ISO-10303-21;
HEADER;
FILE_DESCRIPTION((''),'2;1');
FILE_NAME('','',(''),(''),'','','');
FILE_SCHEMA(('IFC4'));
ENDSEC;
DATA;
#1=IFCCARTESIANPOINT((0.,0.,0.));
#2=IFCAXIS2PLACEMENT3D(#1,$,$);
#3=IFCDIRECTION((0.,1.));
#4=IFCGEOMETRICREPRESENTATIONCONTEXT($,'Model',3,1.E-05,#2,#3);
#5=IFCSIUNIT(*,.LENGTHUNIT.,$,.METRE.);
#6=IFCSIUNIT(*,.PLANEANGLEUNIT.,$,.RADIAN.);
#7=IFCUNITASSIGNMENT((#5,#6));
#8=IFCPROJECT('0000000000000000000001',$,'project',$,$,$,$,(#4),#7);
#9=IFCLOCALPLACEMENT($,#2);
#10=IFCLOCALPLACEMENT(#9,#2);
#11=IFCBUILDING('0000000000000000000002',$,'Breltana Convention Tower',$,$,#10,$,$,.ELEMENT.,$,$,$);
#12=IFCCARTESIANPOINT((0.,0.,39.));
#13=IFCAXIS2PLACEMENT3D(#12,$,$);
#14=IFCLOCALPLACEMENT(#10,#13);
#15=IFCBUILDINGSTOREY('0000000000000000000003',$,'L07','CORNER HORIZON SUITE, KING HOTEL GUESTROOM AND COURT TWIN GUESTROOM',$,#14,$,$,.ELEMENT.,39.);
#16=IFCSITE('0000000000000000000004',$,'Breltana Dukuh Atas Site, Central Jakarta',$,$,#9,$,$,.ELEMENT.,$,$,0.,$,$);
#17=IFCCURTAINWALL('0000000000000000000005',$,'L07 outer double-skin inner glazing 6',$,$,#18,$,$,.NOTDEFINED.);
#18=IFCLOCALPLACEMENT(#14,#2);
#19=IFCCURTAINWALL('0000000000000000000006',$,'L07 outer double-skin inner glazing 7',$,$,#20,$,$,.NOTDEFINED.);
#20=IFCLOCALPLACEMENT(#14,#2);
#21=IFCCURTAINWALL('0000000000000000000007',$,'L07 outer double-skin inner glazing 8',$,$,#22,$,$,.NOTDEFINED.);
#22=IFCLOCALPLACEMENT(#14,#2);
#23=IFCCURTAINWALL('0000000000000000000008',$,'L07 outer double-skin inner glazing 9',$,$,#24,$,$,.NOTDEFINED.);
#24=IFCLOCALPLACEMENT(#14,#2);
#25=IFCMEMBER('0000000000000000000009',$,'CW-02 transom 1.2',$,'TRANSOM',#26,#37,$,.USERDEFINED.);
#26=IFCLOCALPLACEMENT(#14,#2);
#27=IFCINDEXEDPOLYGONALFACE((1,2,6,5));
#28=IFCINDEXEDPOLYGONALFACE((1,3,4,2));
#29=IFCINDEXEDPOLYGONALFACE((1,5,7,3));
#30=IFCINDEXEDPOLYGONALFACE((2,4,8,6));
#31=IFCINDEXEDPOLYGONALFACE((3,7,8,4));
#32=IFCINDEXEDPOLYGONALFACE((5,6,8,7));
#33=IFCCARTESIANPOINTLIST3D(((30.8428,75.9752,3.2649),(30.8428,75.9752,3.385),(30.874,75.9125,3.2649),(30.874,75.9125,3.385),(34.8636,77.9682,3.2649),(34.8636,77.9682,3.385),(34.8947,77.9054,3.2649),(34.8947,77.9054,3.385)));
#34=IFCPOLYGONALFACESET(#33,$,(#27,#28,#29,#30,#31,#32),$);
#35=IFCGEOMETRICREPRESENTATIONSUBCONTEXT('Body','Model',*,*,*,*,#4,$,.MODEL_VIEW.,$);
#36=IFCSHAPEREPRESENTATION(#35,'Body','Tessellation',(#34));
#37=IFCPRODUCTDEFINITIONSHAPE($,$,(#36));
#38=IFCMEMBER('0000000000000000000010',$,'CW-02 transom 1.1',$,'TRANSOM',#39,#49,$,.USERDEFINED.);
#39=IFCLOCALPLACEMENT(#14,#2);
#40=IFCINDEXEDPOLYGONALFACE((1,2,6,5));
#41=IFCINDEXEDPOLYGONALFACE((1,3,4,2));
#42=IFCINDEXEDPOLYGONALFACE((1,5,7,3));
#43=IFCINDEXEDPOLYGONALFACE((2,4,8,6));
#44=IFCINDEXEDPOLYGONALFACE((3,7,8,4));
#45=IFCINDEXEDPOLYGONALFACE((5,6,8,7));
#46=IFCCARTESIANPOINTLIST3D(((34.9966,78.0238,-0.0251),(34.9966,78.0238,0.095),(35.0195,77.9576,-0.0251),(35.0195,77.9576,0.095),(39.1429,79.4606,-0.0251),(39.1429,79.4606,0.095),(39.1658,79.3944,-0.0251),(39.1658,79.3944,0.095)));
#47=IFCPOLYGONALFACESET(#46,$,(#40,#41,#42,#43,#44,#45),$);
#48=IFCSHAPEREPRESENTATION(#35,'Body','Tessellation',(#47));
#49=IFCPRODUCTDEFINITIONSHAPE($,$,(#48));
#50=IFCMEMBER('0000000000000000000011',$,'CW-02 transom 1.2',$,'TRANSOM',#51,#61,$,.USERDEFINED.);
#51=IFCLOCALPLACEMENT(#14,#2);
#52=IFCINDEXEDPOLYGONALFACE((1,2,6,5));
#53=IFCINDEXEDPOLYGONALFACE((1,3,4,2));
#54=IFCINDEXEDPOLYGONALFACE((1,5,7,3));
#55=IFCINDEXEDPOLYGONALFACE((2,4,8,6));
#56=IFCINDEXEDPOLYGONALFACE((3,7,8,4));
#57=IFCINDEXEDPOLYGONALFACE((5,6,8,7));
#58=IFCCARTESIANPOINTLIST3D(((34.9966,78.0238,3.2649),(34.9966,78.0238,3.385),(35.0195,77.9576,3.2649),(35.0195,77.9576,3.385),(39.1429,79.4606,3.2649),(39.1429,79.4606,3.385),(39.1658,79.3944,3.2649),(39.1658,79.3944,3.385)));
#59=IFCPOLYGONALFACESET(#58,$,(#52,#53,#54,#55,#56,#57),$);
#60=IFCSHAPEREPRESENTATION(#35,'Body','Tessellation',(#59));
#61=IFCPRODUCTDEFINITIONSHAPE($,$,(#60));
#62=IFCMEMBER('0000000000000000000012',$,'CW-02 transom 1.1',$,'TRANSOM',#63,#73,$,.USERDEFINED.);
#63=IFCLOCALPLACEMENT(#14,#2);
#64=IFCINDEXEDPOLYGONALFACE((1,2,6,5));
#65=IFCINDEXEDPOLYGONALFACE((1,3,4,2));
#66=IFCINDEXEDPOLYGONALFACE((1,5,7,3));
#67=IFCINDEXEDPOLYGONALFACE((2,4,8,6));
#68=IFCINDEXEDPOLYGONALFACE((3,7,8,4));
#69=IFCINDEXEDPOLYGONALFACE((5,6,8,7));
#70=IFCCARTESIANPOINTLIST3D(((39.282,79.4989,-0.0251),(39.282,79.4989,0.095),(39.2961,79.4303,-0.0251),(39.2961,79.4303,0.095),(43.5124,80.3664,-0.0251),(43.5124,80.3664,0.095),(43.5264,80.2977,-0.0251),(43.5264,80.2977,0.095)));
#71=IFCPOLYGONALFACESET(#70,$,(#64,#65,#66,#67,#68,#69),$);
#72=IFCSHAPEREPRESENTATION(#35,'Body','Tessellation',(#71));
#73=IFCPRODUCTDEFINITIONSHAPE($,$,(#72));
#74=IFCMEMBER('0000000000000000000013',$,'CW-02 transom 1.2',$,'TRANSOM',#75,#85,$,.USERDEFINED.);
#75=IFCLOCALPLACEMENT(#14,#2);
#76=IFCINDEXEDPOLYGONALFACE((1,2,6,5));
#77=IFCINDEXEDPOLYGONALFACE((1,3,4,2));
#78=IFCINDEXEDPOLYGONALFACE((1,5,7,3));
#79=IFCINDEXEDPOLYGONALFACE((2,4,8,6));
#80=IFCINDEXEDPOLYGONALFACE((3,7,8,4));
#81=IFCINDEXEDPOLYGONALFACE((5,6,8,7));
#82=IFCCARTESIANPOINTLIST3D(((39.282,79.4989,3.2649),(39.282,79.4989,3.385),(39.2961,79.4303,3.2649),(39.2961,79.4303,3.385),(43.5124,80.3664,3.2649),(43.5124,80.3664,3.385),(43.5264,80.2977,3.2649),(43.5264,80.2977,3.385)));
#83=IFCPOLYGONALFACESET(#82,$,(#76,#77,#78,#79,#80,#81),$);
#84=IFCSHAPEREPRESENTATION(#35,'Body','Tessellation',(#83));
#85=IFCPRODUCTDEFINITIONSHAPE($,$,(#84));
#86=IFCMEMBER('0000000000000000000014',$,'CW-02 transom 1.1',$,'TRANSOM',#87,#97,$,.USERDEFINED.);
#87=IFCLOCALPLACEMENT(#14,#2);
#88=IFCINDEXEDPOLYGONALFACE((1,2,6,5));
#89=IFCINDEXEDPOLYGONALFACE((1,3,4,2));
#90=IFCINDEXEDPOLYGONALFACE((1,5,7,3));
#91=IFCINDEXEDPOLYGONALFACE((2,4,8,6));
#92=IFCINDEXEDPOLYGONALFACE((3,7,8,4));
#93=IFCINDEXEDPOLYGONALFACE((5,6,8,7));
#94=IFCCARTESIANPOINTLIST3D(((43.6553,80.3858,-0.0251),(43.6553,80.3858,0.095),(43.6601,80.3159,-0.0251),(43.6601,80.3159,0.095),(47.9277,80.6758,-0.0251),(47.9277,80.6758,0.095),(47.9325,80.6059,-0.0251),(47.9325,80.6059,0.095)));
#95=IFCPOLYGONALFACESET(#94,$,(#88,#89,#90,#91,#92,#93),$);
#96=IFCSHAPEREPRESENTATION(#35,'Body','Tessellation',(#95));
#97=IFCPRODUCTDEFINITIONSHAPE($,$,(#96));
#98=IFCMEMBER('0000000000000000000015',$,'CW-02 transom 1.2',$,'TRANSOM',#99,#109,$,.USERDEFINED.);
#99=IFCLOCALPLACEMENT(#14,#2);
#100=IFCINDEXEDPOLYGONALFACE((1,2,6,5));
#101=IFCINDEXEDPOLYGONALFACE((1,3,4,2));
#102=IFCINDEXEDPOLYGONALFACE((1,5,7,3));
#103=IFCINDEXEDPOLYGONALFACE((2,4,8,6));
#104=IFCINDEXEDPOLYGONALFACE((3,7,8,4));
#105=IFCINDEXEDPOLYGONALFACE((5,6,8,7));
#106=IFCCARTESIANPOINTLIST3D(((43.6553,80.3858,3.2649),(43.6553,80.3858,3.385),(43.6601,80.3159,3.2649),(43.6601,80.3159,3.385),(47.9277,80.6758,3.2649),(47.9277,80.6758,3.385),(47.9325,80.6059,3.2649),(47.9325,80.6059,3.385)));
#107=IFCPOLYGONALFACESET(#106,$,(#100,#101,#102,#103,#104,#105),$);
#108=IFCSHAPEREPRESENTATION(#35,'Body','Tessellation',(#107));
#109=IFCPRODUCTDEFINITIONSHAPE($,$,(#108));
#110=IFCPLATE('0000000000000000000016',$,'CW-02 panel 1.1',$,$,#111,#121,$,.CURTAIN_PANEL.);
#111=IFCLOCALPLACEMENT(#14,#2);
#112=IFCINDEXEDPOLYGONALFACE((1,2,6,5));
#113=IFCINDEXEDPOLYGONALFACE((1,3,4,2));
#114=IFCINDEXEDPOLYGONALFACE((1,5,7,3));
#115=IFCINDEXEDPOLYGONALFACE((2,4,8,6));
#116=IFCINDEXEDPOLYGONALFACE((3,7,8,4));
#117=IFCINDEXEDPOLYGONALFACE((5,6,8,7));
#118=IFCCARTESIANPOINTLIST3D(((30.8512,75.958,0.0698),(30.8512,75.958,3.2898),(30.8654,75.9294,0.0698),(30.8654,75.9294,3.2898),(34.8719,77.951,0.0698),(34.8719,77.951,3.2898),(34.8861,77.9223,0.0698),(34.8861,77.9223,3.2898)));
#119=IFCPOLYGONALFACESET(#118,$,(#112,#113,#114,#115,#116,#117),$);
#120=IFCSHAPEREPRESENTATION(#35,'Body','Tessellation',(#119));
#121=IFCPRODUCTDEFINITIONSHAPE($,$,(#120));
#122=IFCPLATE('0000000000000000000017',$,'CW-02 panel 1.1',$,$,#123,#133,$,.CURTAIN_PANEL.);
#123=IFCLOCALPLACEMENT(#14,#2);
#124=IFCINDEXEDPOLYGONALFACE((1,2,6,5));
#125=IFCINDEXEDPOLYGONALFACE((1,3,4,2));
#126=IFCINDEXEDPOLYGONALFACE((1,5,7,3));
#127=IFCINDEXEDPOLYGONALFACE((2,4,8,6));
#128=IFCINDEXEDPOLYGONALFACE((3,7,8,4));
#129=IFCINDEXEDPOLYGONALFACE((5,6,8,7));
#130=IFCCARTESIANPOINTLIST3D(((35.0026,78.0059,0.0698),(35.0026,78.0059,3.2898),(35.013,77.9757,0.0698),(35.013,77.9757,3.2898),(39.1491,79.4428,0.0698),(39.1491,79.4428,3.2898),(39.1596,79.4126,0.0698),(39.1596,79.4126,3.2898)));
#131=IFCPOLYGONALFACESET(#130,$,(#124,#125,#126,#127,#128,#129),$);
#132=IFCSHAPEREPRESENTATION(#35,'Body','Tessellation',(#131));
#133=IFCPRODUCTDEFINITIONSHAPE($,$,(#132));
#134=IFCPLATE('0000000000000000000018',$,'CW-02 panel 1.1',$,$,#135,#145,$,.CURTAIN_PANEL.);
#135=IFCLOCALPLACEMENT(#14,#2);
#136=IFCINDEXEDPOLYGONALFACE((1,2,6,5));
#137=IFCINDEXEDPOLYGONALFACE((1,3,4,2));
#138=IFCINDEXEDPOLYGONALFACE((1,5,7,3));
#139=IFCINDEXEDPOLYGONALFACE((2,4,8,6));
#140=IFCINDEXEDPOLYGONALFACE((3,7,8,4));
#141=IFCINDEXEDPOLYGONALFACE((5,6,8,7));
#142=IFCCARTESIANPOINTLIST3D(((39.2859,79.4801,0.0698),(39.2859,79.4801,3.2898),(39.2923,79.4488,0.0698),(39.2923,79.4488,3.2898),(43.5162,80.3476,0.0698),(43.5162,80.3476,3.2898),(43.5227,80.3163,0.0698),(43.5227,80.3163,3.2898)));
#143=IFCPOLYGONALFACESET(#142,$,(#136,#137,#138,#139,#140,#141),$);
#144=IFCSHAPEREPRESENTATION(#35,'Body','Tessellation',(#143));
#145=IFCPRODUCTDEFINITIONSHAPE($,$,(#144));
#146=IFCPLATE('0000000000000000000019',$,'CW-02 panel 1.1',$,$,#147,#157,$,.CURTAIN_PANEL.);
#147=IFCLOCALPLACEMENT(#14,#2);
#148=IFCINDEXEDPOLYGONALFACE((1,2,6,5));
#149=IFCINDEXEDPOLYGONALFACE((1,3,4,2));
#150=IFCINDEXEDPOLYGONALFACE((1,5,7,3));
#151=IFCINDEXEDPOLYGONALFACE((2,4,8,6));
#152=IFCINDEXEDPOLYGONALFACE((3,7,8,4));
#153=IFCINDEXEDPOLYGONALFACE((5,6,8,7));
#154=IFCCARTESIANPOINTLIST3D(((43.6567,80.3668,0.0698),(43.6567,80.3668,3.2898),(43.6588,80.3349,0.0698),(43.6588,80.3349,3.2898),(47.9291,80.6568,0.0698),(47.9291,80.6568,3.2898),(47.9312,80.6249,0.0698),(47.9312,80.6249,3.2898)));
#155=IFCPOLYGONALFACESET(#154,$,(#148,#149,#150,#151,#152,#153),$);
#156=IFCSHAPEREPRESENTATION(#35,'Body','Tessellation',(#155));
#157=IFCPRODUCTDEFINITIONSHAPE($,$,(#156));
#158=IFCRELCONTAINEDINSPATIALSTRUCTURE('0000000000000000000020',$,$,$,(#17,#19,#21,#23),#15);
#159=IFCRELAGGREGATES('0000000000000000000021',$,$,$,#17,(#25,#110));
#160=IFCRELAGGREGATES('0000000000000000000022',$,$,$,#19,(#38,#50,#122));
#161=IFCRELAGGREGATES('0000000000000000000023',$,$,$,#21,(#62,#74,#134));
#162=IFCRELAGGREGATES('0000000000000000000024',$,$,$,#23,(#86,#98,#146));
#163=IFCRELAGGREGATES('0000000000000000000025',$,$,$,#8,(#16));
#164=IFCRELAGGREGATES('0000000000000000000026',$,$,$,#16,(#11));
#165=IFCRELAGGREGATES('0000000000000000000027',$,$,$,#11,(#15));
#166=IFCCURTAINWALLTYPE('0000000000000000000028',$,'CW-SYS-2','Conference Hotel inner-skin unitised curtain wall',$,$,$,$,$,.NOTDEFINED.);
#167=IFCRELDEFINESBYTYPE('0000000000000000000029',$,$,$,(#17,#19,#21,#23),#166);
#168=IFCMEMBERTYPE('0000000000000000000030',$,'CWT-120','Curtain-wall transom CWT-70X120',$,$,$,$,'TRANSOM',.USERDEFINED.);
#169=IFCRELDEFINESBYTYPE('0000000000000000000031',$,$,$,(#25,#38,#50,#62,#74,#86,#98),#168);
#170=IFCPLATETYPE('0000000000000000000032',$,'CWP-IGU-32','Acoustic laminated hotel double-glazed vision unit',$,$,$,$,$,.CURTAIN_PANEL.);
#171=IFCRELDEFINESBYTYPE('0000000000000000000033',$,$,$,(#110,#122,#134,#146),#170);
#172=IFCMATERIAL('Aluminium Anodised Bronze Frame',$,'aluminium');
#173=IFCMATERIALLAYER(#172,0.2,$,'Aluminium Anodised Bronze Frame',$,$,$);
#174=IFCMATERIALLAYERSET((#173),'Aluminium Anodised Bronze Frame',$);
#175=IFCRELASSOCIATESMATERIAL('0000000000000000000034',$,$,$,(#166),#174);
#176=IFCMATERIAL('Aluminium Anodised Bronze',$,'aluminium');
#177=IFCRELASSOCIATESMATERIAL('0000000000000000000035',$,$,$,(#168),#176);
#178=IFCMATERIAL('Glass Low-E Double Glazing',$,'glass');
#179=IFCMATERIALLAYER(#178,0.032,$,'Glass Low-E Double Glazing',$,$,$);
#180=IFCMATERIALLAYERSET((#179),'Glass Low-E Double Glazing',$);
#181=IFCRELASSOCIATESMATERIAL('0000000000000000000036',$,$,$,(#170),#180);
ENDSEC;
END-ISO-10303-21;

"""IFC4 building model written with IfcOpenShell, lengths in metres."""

from ifc_helpers import new_model, si_unit, direction, frame, origin, origin_2d, place, context, subcontext, project, spatial, rectangle, extrude, source, transform, mapped, material, layer, layer_set, material_profile, profile_set, type_object, element, aggregate, save


model = new_model("IFC4")

# Units and contexts
model_context = context("Model", 3, precision=1e-05, world=origin(), true_north=direction((0.0, 1.0)))
body_context = subcontext(model_context, "Body", "Model", "MODEL_VIEW")
ifc_project = project(units=[si_unit("LENGTHUNIT", "METRE"), si_unit("PLANEANGLEUNIT", "RADIAN")], contexts=[model_context])

# Site, building, storey
site_placement = place(None, origin())
site = spatial("IfcSite", under=ifc_project, at=site_placement, Name="Breltana Dukuh Atas Site, Central Jakarta", CompositionType="ELEMENT", RefElevation=0.0)
building_placement = place(site_placement, origin())
building = spatial("IfcBuilding", under=site, at=building_placement, Name="Breltana Convention Tower", CompositionType="ELEMENT")
storey_placement = place(building_placement, frame((0.0, 0.0, 39.0)))
storey = spatial("IfcBuildingStorey", under=building, at=storey_placement, Name="L07", Description="CORNER HORIZON SUITE, KING HOTEL GUESTROOM AND COURT TWIN GUESTROOM", CompositionType="ELEMENT", Elevation=39.0)

# Curtain wall
ifc_material_1 = material(Name="Aluminium Anodised Bronze Frame", Category="aluminium")
ifc_layer_1 = layer(ifc_material_1, 0.2, Name="Aluminium Anodised Bronze Frame")
ifc_layer_set_1 = layer_set([ifc_layer_1], Name="Aluminium Anodised Bronze Frame")
curtain_wall_type = type_object("IfcCurtainWallType", Name="CW-SYS-2", Description="Conference Hotel inner-skin unitised curtain wall", PredefinedType="NOTDEFINED", material=ifc_layer_set_1)
curtain_wall_1_placement = place(storey_placement, origin())
curtain_wall_1 = element("IfcCurtainWall", 1, at=curtain_wall_1_placement, inside=storey, type_object=curtain_wall_type, Name="L07 outer double-skin inner glazing 6", PredefinedType="NOTDEFINED")
ifc_material_2 = material(Name="Aluminium Anodised Bronze", Category="aluminium")

# Curtain walls
curtain_wall_2_placement = place(storey_placement, origin())
curtain_wall_2 = element("IfcCurtainWall", 2, at=curtain_wall_2_placement, inside=storey, type_object=curtain_wall_type, Name="L07 outer double-skin inner glazing 7", PredefinedType="NOTDEFINED")
curtain_wall_3_placement = place(storey_placement, origin())
curtain_wall_3 = element("IfcCurtainWall", 3, at=curtain_wall_3_placement, inside=storey, type_object=curtain_wall_type, Name="L07 outer double-skin inner glazing 8", PredefinedType="NOTDEFINED")
curtain_wall_4_placement = place(storey_placement, origin())
curtain_wall_4 = element("IfcCurtainWall", 4, at=curtain_wall_4_placement, inside=storey, type_object=curtain_wall_type, Name="L07 outer double-skin inner glazing 9", PredefinedType="NOTDEFINED")

# Members
ifc_material_profile_1 = material_profile(ifc_material_2, rectangle(XDim=0.0701, YDim=0.1201, at=origin_2d()), Name="CWT-70X120")
ifc_profile_set_1 = profile_set([ifc_material_profile_1], Name="Aluminium Anodised Bronze")
member_type_1 = type_object("IfcMemberType", Name="CWT-120", Description="Curtain-wall transom CWT-70X120", ElementType="TRANSOM", PredefinedType="USERDEFINED", material=ifc_profile_set_1)
shared_shape_1 = source(origin(), body_context, "Body", "SweptSolid", [
    extrude(rectangle(XDim=0.0701, YDim=0.1201, at=origin_2d()), origin(), (0.0, 0.0, 1.0), 4.4875),
])
member_1_placement = place(storey_placement, frame((30.8584, 75.9438, 3.325), z_axis=(0.895978, 0.444099, 0.0), x_axis=(-0.444099, 0.895978, 0.0)))
member_1 = element("IfcMember", 5, at=member_1_placement, type_object=member_type_1, Name="CW-02 transom 1.2", ObjectType="TRANSOM", PredefinedType="USERDEFINED", context=body_context, shape_type="MappedRepresentation", body=[
    mapped(shared_shape_1, transform((0.0, 0.0, 0.0), scale=1.0)),
])
shared_shape_2 = source(origin(), body_context, "Body", "SweptSolid", [
    extrude(rectangle(XDim=0.0701, YDim=0.1201, at=origin_2d()), origin(), (0.0, 0.0, 1.0), 4.3882),
])
member_2_placement = place(storey_placement, frame((35.0081, 77.9907, 0.0349), z_axis=(0.944878, 0.327422, 0.0), x_axis=(-0.327422, 0.944878, 0.0)))
member_2 = element("IfcMember", 6, at=member_2_placement, type_object=member_type_1, Name="CW-02 transom 1.1", ObjectType="TRANSOM", PredefinedType="USERDEFINED", context=body_context, shape_type="MappedRepresentation", body=[
    mapped(shared_shape_2, transform((0.0, 0.0, 0.0), scale=1.0)),
])
member_3_placement = place(storey_placement, frame((35.0081, 77.9907, 3.325), z_axis=(0.944878, 0.327422, 0.0), x_axis=(-0.327422, 0.944878, 0.0)))
member_3 = element("IfcMember", 7, at=member_3_placement, type_object=member_type_1, Name="CW-02 transom 1.2", ObjectType="TRANSOM", PredefinedType="USERDEFINED", context=body_context, shape_type="MappedRepresentation", body=[
    mapped(shared_shape_2, transform((0.0, 0.0, 0.0), scale=1.0)),
])
shared_shape_3 = source(origin(), body_context, "Body", "SweptSolid", [
    extrude(rectangle(XDim=0.0701, YDim=0.1201, at=origin_2d()), origin(), (0.0, 0.0, 1.0), 4.3184),
])
member_4_placement = place(storey_placement, frame((39.2891, 79.4646, 0.0349), z_axis=(0.979617, 0.200876, 0.0), x_axis=(-0.200876, 0.979617, 0.0)))
member_4 = element("IfcMember", 8, at=member_4_placement, type_object=member_type_1, Name="CW-02 transom 1.1", ObjectType="TRANSOM", PredefinedType="USERDEFINED", context=body_context, shape_type="MappedRepresentation", body=[
    mapped(shared_shape_3, transform((0.0, 0.0, 0.0), scale=1.0)),
])
member_5_placement = place(storey_placement, frame((39.2891, 79.4646, 3.325), z_axis=(0.979617, 0.200876, 0.0), x_axis=(-0.200876, 0.979617, 0.0)))
member_5 = element("IfcMember", 9, at=member_5_placement, type_object=member_type_1, Name="CW-02 transom 1.2", ObjectType="TRANSOM", PredefinedType="USERDEFINED", context=body_context, shape_type="MappedRepresentation", body=[
    mapped(shared_shape_3, transform((0.0, 0.0, 0.0), scale=1.0)),
])
shared_shape_4 = source(origin(), body_context, "Body", "SweptSolid", [
    extrude(rectangle(XDim=0.0701, YDim=0.1201, at=origin_2d()), origin(), (0.0, 0.0, 1.0), 4.2822),
])
member_6_placement = place(storey_placement, frame((43.6577, 80.3508, 0.0349), z_axis=(0.997704, 0.06773, 0.0), x_axis=(-0.06773, 0.997704, 0.0)))
member_6 = element("IfcMember", 10, at=member_6_placement, type_object=member_type_1, Name="CW-02 transom 1.1", ObjectType="TRANSOM", PredefinedType="USERDEFINED", context=body_context, shape_type="MappedRepresentation", body=[
    mapped(shared_shape_4, transform((0.0, 0.0, 0.0), scale=1.0)),
])
member_7_placement = place(storey_placement, frame((43.6577, 80.3508, 3.325), z_axis=(0.997704, 0.06773, 0.0), x_axis=(-0.06773, 0.997704, 0.0)))
member_7 = element("IfcMember", 11, at=member_7_placement, type_object=member_type_1, Name="CW-02 transom 1.2", ObjectType="TRANSOM", PredefinedType="USERDEFINED", context=body_context, shape_type="MappedRepresentation", body=[
    mapped(shared_shape_4, transform((0.0, 0.0, 0.0), scale=1.0)),
])

# Plates
ifc_material_3 = material(Name="Glass Low-E Double Glazing", Category="glass")
ifc_layer_2 = layer(ifc_material_3, 0.032, Name="Glass Low-E Double Glazing")
ifc_layer_set_2 = layer_set([ifc_layer_2], Name="Glass Low-E Double Glazing")
plate_type = type_object("IfcPlateType", Name="CWP-IGU-32", Description="Acoustic laminated hotel double-glazed vision unit", PredefinedType="CURTAIN_PANEL", material=ifc_layer_set_2)
shared_shape_5 = source(origin(), body_context, "Body", "SweptSolid", [
    extrude(rectangle(XDim=4.4875, YDim=0.032, at=origin_2d()), origin(), (0.0, 0.0, 1.0), 3.22),
])
plate_1_placement = place(storey_placement, frame((32.8687, 76.9402, 0.0698), z_axis=(0.0, 0.0, 1.0), x_axis=(0.895973, 0.444108, 0.0)))
plate_1 = element("IfcPlate", 12, at=plate_1_placement, type_object=plate_type, Name="CW-02 panel 1.1", PredefinedType="CURTAIN_PANEL", context=body_context, shape_type="MappedRepresentation", body=[
    mapped(shared_shape_5, transform((0.0, 0.0, 0.0), scale=1.0)),
])
aggregate(curtain_wall_1, [member_1, plate_1])
shared_shape_6 = source(origin(), body_context, "Body", "SweptSolid", [
    extrude(rectangle(XDim=4.3884, YDim=0.032, at=origin_2d()), origin(), (0.0, 0.0, 1.0), 3.22),
])
plate_2_placement = place(storey_placement, frame((37.0811, 78.7092, 0.0698), z_axis=(0.0, 0.0, 1.0), x_axis=(0.944876, 0.327428, 0.0)))
plate_2 = element("IfcPlate", 13, at=plate_2_placement, type_object=plate_type, Name="CW-02 panel 1.1", PredefinedType="CURTAIN_PANEL", context=body_context, shape_type="MappedRepresentation", body=[
    mapped(shared_shape_6, transform((0.0, 0.0, 0.0), scale=1.0)),
])
aggregate(curtain_wall_2, [member_2, member_3, plate_2])
shared_shape_7 = source(origin(), body_context, "Body", "SweptSolid", [
    extrude(rectangle(XDim=4.3184, YDim=0.032, at=origin_2d()), origin(), (0.0, 0.0, 1.0), 3.22),
])
plate_3_placement = place(storey_placement, frame((41.4043, 79.8982, 0.0698), z_axis=(0.0, 0.0, 1.0), x_axis=(0.979615, 0.200885, 0.0)))
plate_3 = element("IfcPlate", 14, at=plate_3_placement, type_object=plate_type, Name="CW-02 panel 1.1", PredefinedType="CURTAIN_PANEL", context=body_context, shape_type="MappedRepresentation", body=[
    mapped(shared_shape_7, transform((0.0, 0.0, 0.0), scale=1.0)),
])
aggregate(curtain_wall_3, [member_4, member_5, plate_3])
shared_shape_8 = source(origin(), body_context, "Body", "SweptSolid", [
    extrude(rectangle(XDim=4.2822, YDim=0.032, at=origin_2d()), origin(), (0.0, 0.0, 1.0), 3.22),
])
plate_4_placement = place(storey_placement, frame((45.7939, 80.4958, 0.0698), z_axis=(0.0, 0.0, 1.0), x_axis=(0.997704, 0.067726, 0.0)))
plate_4 = element("IfcPlate", 15, at=plate_4_placement, type_object=plate_type, Name="CW-02 panel 1.1", PredefinedType="CURTAIN_PANEL", context=body_context, shape_type="MappedRepresentation", body=[
    mapped(shared_shape_8, transform((0.0, 0.0, 0.0), scale=1.0)),
])
aggregate(curtain_wall_4, [member_6, member_7, plate_4])

save(model, "model.ifc")
